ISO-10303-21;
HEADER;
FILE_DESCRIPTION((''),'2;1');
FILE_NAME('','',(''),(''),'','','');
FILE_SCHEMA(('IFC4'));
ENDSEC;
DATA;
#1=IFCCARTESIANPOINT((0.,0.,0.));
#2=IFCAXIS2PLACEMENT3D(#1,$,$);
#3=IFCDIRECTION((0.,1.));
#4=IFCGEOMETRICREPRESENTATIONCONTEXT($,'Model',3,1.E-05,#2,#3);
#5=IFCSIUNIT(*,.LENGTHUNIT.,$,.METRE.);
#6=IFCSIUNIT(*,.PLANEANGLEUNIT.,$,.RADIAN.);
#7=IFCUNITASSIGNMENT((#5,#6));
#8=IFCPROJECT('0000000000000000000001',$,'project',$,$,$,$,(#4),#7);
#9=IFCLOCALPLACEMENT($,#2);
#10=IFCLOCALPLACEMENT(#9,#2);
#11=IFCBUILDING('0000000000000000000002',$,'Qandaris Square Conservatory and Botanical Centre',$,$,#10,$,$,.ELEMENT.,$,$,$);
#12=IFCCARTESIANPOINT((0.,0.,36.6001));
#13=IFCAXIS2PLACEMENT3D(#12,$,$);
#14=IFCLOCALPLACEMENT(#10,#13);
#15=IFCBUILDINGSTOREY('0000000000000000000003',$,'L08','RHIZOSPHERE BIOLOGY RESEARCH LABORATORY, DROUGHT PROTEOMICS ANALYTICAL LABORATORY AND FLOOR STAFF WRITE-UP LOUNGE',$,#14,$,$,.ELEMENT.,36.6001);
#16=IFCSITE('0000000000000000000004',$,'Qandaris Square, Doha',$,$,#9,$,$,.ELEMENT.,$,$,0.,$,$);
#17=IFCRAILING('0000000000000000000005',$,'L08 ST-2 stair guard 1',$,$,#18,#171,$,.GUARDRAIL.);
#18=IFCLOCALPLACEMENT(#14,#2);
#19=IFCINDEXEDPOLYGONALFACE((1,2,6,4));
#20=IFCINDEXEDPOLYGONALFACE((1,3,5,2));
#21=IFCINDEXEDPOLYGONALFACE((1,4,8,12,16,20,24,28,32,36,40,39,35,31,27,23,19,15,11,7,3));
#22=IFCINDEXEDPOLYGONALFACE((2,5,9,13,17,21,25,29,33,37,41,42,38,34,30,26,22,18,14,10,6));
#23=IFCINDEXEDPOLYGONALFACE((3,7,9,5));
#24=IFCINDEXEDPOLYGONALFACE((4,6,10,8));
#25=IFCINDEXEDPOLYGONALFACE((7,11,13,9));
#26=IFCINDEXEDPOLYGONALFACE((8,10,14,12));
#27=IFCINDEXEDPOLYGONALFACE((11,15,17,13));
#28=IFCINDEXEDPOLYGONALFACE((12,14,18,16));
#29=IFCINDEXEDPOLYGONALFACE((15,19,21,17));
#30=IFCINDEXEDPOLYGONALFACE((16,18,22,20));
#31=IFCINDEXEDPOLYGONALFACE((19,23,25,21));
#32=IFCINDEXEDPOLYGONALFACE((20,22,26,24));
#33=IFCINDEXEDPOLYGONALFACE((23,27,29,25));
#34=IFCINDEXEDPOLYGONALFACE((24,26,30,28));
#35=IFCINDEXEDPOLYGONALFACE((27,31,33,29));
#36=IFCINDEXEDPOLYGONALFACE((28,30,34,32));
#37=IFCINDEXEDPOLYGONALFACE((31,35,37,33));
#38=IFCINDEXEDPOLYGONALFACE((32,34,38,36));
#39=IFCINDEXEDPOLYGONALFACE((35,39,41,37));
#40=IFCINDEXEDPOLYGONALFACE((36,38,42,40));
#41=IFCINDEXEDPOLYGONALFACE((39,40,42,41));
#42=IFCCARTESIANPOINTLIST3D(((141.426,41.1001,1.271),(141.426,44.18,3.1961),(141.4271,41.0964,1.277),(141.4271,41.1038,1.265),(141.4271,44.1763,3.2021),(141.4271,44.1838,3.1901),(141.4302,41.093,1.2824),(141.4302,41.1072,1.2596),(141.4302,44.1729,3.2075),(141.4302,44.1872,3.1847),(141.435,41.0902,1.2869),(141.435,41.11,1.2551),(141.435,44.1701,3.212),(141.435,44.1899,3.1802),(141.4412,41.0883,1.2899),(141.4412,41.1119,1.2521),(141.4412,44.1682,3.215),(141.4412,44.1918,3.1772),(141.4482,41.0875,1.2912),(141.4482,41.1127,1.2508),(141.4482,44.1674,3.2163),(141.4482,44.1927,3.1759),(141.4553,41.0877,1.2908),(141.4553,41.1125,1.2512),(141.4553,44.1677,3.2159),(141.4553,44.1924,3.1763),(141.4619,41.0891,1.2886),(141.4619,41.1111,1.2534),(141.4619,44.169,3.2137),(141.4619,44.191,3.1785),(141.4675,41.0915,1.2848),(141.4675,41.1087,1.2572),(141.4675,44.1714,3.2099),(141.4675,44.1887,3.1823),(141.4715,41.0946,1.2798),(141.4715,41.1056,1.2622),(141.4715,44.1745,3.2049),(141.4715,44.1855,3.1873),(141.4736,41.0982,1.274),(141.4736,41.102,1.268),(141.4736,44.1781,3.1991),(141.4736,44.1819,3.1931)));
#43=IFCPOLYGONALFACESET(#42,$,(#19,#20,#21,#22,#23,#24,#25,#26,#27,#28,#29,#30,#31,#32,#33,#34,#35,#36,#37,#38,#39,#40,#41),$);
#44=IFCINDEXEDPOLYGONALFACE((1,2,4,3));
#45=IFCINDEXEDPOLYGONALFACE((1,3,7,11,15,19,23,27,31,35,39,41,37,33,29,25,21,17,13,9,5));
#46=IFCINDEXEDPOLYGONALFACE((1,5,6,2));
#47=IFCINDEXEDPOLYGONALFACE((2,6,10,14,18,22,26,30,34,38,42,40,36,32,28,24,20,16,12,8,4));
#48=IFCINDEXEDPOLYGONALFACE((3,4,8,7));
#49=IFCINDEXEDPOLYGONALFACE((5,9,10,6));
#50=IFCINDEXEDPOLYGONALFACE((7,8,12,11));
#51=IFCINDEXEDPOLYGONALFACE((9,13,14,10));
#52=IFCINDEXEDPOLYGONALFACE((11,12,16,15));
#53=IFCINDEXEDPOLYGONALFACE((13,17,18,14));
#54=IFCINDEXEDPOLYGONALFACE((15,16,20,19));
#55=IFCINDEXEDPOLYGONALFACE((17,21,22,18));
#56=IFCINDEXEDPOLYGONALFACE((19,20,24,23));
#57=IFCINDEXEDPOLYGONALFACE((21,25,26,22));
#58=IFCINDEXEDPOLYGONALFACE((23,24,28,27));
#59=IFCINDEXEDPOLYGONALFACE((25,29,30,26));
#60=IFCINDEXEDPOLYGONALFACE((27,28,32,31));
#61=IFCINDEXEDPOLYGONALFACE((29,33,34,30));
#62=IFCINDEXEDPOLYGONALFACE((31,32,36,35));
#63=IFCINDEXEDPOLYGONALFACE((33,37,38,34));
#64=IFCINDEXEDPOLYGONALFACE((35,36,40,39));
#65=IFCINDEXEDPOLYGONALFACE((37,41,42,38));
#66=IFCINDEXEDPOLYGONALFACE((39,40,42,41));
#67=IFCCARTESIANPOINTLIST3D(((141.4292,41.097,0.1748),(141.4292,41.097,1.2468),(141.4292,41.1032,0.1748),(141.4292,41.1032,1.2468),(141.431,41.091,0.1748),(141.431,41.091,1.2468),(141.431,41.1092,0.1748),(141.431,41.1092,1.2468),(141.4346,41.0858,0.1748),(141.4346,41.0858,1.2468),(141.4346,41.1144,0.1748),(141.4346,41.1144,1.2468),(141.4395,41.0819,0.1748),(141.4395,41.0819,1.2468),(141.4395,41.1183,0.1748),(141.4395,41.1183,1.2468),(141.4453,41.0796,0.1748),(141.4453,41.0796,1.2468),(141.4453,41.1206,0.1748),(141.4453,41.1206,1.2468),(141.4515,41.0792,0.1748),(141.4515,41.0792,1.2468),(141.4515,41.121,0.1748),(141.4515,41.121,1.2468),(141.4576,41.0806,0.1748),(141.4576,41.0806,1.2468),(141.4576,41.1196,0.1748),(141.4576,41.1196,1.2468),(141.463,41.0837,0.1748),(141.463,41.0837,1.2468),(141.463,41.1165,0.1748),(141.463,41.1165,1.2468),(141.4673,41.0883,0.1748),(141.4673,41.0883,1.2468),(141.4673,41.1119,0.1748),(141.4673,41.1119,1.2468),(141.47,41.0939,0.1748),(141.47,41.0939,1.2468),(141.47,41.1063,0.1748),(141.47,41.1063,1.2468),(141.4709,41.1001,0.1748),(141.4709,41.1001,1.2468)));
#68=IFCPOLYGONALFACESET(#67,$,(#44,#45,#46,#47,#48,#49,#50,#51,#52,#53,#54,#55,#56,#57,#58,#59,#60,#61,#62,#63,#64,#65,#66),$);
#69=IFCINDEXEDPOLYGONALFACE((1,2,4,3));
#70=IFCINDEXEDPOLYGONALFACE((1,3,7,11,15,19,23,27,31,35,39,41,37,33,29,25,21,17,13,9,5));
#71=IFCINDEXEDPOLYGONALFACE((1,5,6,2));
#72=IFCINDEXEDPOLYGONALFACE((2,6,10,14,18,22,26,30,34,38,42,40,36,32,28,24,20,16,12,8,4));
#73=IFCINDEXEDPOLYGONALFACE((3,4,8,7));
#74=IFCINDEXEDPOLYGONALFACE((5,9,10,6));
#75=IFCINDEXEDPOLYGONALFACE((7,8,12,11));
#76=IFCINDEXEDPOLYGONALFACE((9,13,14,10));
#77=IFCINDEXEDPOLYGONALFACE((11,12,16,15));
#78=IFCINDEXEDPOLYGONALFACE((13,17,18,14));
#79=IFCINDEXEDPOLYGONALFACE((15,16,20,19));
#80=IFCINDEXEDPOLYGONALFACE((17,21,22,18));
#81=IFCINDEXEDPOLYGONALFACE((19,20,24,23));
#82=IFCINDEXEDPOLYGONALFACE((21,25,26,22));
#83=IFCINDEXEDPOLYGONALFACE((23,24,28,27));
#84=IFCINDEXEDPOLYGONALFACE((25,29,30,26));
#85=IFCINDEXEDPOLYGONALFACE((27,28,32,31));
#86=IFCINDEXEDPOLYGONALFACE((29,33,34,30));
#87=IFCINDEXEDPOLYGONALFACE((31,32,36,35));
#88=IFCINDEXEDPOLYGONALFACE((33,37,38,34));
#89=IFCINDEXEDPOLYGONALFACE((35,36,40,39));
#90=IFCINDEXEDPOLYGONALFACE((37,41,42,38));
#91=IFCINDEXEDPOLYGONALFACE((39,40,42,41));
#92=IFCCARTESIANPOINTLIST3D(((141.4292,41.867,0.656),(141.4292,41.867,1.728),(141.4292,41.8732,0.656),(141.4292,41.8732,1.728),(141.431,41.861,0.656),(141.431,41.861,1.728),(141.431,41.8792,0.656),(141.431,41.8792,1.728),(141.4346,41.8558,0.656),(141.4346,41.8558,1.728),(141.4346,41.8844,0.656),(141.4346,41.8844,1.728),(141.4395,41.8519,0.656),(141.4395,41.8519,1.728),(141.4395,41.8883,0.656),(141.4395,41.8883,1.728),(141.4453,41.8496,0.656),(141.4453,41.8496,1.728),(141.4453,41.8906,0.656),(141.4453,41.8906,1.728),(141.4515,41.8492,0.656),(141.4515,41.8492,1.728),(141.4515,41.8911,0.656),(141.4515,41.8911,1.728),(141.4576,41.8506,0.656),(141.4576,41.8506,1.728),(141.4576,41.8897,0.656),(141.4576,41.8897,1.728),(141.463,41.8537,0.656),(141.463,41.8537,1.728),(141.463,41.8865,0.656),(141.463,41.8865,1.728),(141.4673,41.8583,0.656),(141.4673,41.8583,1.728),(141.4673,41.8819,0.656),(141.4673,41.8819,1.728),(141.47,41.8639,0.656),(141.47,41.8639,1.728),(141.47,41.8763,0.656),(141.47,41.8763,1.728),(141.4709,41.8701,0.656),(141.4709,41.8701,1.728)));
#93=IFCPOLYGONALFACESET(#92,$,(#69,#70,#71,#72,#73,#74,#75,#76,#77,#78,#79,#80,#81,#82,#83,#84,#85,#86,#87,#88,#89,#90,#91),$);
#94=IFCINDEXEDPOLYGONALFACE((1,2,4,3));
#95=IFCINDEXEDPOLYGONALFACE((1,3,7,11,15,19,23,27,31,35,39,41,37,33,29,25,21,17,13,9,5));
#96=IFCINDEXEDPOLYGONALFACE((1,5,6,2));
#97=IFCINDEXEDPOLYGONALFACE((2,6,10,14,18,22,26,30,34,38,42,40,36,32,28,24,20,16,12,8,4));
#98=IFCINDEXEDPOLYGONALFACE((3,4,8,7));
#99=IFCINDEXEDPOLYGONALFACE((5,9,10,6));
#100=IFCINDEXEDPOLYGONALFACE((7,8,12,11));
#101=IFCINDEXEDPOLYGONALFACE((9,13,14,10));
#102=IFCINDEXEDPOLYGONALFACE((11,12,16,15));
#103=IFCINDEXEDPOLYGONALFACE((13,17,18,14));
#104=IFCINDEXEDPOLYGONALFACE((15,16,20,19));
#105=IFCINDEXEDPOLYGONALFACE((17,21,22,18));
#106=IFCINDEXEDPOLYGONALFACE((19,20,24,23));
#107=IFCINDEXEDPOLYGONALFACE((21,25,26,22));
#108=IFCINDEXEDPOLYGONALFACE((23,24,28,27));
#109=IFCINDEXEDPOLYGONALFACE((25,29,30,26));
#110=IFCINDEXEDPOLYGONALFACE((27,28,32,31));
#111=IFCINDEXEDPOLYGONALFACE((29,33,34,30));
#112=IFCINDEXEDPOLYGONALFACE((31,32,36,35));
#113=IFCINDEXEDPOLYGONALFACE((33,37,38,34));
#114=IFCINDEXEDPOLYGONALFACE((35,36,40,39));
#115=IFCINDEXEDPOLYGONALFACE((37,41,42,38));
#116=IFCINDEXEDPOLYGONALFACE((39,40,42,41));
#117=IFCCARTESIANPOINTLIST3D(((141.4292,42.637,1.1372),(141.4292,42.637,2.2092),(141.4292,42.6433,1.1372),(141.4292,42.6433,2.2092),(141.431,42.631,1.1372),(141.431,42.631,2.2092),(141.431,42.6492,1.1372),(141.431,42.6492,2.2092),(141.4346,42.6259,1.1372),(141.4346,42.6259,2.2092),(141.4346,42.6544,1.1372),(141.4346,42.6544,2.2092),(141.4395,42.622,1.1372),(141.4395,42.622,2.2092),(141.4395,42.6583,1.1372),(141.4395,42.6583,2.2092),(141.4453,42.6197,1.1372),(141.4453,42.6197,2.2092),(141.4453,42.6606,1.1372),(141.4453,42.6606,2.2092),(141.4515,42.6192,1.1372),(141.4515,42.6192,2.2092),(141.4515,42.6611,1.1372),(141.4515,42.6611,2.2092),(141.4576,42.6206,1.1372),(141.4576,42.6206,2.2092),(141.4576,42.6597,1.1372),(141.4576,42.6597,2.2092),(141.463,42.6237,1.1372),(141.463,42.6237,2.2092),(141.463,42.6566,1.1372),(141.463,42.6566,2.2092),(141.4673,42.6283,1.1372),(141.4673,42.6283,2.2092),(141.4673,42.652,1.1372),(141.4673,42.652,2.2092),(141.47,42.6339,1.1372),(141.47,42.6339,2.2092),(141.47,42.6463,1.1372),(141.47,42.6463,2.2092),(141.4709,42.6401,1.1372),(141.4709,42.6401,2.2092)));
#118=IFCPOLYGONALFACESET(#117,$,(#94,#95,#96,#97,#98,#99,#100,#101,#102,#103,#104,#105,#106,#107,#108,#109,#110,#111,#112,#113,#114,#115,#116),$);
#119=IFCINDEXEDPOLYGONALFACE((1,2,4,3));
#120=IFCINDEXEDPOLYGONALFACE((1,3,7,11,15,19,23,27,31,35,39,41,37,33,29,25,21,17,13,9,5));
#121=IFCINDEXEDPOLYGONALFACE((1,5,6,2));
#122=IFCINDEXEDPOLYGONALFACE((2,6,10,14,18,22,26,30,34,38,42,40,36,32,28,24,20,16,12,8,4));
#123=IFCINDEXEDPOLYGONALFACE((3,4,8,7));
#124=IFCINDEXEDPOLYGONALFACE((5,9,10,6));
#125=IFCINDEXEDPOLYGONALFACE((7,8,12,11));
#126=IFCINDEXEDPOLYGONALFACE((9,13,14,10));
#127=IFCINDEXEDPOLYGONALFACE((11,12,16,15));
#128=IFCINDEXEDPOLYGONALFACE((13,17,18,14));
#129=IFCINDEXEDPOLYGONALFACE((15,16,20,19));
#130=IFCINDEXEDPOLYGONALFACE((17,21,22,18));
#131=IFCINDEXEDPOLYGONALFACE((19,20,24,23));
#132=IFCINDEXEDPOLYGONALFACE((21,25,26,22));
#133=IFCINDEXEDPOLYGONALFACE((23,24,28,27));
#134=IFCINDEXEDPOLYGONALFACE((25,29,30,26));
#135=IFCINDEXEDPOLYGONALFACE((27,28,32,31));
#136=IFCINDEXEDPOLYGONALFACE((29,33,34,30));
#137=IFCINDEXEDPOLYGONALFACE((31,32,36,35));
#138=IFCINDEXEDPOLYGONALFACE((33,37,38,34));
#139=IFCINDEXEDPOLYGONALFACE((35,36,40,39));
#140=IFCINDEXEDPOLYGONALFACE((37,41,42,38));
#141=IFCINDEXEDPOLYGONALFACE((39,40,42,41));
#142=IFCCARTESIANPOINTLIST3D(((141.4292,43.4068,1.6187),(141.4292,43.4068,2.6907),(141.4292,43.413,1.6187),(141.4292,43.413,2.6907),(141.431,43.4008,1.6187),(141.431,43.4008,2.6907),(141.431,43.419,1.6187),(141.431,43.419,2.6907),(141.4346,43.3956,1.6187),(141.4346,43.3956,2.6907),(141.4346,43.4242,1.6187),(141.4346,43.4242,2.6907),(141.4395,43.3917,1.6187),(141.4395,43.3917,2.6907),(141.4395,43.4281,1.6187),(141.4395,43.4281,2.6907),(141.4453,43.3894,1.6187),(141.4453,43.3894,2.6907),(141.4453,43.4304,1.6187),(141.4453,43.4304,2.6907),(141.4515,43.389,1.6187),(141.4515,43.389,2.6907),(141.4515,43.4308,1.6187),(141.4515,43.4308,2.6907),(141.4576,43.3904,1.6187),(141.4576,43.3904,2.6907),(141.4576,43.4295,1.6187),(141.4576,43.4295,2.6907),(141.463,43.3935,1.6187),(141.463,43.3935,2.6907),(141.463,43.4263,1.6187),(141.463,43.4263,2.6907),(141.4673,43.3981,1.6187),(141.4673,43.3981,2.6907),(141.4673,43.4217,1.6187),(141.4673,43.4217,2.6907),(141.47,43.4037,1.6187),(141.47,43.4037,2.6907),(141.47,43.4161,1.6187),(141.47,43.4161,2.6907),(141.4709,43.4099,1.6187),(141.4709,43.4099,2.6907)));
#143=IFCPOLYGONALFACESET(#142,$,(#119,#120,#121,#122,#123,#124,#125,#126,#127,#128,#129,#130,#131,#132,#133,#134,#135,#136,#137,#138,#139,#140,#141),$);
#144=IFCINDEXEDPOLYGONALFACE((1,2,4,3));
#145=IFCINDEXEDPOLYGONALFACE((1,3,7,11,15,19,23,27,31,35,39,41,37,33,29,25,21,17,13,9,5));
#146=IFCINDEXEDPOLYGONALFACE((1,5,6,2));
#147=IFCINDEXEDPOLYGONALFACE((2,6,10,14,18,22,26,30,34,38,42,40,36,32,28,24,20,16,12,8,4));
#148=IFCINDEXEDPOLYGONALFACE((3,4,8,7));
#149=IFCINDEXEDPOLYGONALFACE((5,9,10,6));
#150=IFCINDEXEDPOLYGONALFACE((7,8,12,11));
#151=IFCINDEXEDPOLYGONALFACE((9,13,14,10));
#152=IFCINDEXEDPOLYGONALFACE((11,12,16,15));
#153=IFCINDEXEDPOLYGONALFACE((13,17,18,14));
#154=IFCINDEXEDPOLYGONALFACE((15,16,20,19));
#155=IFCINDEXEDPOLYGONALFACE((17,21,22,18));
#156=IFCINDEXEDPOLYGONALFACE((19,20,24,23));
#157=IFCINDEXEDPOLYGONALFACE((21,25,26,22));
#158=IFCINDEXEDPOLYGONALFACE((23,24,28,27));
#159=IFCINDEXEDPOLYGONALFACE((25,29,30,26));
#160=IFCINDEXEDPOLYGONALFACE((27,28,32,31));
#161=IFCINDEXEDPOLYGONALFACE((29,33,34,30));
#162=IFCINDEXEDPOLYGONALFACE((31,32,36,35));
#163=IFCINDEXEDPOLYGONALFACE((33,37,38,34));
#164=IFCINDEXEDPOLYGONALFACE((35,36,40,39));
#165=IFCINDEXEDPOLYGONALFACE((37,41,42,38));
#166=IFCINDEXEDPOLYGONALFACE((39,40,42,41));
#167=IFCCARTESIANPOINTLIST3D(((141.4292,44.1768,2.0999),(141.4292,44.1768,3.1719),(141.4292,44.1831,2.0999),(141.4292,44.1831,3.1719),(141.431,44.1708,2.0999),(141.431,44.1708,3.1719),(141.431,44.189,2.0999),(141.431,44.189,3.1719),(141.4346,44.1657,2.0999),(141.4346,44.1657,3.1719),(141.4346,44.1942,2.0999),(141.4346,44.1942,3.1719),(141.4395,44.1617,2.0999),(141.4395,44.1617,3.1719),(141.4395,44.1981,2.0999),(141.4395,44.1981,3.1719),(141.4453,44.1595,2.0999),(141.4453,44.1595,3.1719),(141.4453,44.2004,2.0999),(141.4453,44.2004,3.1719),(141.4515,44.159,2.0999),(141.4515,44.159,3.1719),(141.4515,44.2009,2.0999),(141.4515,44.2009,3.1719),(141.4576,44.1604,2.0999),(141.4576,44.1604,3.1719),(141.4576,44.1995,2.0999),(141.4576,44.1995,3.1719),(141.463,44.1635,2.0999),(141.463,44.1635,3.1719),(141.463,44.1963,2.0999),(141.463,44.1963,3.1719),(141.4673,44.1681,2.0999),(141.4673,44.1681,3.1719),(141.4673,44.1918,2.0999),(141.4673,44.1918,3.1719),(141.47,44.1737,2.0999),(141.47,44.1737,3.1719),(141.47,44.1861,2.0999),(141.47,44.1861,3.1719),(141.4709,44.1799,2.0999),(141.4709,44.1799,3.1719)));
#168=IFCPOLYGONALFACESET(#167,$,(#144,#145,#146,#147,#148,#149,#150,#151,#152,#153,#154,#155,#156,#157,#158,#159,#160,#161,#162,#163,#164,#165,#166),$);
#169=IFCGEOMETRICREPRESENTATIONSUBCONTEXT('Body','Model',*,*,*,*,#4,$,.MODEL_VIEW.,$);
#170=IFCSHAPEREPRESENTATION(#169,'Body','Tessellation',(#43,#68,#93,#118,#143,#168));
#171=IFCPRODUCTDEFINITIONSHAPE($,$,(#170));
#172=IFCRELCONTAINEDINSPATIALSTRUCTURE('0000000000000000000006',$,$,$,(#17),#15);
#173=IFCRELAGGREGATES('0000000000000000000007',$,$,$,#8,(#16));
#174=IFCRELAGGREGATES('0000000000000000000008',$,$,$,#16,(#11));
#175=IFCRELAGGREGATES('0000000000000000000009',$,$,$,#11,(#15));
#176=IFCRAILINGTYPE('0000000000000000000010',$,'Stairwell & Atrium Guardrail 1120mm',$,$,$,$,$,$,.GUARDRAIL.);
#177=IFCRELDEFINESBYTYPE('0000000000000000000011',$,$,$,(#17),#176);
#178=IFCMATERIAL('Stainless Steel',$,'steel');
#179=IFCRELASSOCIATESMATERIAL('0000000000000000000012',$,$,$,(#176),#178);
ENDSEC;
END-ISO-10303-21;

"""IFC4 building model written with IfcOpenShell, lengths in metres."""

from ifc_helpers import new_model, si_unit, direction, frame, origin, origin_2d, place, context, subcontext, project, spatial, circle, extrude, material, type_object, element, save


model = new_model("IFC4")

# Units and contexts
model_context = context("Model", 3, precision=1e-05, world=origin(), true_north=direction((0.0, 1.0)))
body_context = subcontext(model_context, "Body", "Model", "MODEL_VIEW")
ifc_project = project(units=[si_unit("LENGTHUNIT", "METRE"), si_unit("PLANEANGLEUNIT", "RADIAN")], contexts=[model_context])

# Site, building, storey
site_placement = place(None, origin())
site = spatial("IfcSite", under=ifc_project, at=site_placement, Name="Qandaris Square, Doha", CompositionType="ELEMENT", RefElevation=0.0)
building_placement = place(site_placement, origin())
building = spatial("IfcBuilding", under=site, at=building_placement, Name="Qandaris Square Conservatory and Botanical Centre", CompositionType="ELEMENT")
storey_placement = place(building_placement, frame((0.0, 0.0, 36.6001)))
storey = spatial("IfcBuildingStorey", under=building, at=storey_placement, Name="L08", Description="RHIZOSPHERE BIOLOGY RESEARCH LABORATORY, DROUGHT PROTEOMICS ANALYTICAL LABORATORY AND FLOOR STAFF WRITE-UP LOUNGE", CompositionType="ELEMENT", Elevation=36.6001)

# Railing
ifc_material_1 = material(Name="Stainless Steel", Category="steel")
railing_type_1 = type_object("IfcRailingType", Name="Stairwell & Atrium Guardrail 1120mm", PredefinedType="GUARDRAIL", material=ifc_material_1)
railing_1_placement = place(storey_placement, frame((141.45, 41.1001, 0.1748)))
element("IfcRailing", 1, at=railing_1_placement, inside=storey, type_object=railing_type_1, Name="L08 ST-2 stair guard 1", PredefinedType="GUARDRAIL", context=body_context, shape_type="SweptSolid", body=[
    extrude(circle(Radius=0.0239, at=origin_2d()), frame((0.0, 0.0, 1.0962), z_axis=(0.0, 0.847979, 0.530029), x_axis=(-1.0, 0.0, 0.0)), (0.0, 0.0, 1.0), 3.6321),
    extrude(circle(Radius=0.021, at=origin_2d()), origin(), (0.0, 0.0, 1.0), 1.072),
    extrude(circle(Radius=0.021, at=origin_2d()), frame((0.0, 0.77, 0.4812)), (0.0, 0.0, 1.0), 1.072),
    extrude(circle(Radius=0.021, at=origin_2d()), frame((0.0, 1.54, 0.9624)), (0.0, 0.0, 1.0), 1.072),
    extrude(circle(Radius=0.021, at=origin_2d()), frame((0.0, 2.3098, 1.4438)), (0.0, 0.0, 1.0), 1.072),
    extrude(circle(Radius=0.021, at=origin_2d()), frame((0.0, 3.0798, 1.925)), (0.0, 0.0, 1.0), 1.072),
])

save(model, "model.ifc")
